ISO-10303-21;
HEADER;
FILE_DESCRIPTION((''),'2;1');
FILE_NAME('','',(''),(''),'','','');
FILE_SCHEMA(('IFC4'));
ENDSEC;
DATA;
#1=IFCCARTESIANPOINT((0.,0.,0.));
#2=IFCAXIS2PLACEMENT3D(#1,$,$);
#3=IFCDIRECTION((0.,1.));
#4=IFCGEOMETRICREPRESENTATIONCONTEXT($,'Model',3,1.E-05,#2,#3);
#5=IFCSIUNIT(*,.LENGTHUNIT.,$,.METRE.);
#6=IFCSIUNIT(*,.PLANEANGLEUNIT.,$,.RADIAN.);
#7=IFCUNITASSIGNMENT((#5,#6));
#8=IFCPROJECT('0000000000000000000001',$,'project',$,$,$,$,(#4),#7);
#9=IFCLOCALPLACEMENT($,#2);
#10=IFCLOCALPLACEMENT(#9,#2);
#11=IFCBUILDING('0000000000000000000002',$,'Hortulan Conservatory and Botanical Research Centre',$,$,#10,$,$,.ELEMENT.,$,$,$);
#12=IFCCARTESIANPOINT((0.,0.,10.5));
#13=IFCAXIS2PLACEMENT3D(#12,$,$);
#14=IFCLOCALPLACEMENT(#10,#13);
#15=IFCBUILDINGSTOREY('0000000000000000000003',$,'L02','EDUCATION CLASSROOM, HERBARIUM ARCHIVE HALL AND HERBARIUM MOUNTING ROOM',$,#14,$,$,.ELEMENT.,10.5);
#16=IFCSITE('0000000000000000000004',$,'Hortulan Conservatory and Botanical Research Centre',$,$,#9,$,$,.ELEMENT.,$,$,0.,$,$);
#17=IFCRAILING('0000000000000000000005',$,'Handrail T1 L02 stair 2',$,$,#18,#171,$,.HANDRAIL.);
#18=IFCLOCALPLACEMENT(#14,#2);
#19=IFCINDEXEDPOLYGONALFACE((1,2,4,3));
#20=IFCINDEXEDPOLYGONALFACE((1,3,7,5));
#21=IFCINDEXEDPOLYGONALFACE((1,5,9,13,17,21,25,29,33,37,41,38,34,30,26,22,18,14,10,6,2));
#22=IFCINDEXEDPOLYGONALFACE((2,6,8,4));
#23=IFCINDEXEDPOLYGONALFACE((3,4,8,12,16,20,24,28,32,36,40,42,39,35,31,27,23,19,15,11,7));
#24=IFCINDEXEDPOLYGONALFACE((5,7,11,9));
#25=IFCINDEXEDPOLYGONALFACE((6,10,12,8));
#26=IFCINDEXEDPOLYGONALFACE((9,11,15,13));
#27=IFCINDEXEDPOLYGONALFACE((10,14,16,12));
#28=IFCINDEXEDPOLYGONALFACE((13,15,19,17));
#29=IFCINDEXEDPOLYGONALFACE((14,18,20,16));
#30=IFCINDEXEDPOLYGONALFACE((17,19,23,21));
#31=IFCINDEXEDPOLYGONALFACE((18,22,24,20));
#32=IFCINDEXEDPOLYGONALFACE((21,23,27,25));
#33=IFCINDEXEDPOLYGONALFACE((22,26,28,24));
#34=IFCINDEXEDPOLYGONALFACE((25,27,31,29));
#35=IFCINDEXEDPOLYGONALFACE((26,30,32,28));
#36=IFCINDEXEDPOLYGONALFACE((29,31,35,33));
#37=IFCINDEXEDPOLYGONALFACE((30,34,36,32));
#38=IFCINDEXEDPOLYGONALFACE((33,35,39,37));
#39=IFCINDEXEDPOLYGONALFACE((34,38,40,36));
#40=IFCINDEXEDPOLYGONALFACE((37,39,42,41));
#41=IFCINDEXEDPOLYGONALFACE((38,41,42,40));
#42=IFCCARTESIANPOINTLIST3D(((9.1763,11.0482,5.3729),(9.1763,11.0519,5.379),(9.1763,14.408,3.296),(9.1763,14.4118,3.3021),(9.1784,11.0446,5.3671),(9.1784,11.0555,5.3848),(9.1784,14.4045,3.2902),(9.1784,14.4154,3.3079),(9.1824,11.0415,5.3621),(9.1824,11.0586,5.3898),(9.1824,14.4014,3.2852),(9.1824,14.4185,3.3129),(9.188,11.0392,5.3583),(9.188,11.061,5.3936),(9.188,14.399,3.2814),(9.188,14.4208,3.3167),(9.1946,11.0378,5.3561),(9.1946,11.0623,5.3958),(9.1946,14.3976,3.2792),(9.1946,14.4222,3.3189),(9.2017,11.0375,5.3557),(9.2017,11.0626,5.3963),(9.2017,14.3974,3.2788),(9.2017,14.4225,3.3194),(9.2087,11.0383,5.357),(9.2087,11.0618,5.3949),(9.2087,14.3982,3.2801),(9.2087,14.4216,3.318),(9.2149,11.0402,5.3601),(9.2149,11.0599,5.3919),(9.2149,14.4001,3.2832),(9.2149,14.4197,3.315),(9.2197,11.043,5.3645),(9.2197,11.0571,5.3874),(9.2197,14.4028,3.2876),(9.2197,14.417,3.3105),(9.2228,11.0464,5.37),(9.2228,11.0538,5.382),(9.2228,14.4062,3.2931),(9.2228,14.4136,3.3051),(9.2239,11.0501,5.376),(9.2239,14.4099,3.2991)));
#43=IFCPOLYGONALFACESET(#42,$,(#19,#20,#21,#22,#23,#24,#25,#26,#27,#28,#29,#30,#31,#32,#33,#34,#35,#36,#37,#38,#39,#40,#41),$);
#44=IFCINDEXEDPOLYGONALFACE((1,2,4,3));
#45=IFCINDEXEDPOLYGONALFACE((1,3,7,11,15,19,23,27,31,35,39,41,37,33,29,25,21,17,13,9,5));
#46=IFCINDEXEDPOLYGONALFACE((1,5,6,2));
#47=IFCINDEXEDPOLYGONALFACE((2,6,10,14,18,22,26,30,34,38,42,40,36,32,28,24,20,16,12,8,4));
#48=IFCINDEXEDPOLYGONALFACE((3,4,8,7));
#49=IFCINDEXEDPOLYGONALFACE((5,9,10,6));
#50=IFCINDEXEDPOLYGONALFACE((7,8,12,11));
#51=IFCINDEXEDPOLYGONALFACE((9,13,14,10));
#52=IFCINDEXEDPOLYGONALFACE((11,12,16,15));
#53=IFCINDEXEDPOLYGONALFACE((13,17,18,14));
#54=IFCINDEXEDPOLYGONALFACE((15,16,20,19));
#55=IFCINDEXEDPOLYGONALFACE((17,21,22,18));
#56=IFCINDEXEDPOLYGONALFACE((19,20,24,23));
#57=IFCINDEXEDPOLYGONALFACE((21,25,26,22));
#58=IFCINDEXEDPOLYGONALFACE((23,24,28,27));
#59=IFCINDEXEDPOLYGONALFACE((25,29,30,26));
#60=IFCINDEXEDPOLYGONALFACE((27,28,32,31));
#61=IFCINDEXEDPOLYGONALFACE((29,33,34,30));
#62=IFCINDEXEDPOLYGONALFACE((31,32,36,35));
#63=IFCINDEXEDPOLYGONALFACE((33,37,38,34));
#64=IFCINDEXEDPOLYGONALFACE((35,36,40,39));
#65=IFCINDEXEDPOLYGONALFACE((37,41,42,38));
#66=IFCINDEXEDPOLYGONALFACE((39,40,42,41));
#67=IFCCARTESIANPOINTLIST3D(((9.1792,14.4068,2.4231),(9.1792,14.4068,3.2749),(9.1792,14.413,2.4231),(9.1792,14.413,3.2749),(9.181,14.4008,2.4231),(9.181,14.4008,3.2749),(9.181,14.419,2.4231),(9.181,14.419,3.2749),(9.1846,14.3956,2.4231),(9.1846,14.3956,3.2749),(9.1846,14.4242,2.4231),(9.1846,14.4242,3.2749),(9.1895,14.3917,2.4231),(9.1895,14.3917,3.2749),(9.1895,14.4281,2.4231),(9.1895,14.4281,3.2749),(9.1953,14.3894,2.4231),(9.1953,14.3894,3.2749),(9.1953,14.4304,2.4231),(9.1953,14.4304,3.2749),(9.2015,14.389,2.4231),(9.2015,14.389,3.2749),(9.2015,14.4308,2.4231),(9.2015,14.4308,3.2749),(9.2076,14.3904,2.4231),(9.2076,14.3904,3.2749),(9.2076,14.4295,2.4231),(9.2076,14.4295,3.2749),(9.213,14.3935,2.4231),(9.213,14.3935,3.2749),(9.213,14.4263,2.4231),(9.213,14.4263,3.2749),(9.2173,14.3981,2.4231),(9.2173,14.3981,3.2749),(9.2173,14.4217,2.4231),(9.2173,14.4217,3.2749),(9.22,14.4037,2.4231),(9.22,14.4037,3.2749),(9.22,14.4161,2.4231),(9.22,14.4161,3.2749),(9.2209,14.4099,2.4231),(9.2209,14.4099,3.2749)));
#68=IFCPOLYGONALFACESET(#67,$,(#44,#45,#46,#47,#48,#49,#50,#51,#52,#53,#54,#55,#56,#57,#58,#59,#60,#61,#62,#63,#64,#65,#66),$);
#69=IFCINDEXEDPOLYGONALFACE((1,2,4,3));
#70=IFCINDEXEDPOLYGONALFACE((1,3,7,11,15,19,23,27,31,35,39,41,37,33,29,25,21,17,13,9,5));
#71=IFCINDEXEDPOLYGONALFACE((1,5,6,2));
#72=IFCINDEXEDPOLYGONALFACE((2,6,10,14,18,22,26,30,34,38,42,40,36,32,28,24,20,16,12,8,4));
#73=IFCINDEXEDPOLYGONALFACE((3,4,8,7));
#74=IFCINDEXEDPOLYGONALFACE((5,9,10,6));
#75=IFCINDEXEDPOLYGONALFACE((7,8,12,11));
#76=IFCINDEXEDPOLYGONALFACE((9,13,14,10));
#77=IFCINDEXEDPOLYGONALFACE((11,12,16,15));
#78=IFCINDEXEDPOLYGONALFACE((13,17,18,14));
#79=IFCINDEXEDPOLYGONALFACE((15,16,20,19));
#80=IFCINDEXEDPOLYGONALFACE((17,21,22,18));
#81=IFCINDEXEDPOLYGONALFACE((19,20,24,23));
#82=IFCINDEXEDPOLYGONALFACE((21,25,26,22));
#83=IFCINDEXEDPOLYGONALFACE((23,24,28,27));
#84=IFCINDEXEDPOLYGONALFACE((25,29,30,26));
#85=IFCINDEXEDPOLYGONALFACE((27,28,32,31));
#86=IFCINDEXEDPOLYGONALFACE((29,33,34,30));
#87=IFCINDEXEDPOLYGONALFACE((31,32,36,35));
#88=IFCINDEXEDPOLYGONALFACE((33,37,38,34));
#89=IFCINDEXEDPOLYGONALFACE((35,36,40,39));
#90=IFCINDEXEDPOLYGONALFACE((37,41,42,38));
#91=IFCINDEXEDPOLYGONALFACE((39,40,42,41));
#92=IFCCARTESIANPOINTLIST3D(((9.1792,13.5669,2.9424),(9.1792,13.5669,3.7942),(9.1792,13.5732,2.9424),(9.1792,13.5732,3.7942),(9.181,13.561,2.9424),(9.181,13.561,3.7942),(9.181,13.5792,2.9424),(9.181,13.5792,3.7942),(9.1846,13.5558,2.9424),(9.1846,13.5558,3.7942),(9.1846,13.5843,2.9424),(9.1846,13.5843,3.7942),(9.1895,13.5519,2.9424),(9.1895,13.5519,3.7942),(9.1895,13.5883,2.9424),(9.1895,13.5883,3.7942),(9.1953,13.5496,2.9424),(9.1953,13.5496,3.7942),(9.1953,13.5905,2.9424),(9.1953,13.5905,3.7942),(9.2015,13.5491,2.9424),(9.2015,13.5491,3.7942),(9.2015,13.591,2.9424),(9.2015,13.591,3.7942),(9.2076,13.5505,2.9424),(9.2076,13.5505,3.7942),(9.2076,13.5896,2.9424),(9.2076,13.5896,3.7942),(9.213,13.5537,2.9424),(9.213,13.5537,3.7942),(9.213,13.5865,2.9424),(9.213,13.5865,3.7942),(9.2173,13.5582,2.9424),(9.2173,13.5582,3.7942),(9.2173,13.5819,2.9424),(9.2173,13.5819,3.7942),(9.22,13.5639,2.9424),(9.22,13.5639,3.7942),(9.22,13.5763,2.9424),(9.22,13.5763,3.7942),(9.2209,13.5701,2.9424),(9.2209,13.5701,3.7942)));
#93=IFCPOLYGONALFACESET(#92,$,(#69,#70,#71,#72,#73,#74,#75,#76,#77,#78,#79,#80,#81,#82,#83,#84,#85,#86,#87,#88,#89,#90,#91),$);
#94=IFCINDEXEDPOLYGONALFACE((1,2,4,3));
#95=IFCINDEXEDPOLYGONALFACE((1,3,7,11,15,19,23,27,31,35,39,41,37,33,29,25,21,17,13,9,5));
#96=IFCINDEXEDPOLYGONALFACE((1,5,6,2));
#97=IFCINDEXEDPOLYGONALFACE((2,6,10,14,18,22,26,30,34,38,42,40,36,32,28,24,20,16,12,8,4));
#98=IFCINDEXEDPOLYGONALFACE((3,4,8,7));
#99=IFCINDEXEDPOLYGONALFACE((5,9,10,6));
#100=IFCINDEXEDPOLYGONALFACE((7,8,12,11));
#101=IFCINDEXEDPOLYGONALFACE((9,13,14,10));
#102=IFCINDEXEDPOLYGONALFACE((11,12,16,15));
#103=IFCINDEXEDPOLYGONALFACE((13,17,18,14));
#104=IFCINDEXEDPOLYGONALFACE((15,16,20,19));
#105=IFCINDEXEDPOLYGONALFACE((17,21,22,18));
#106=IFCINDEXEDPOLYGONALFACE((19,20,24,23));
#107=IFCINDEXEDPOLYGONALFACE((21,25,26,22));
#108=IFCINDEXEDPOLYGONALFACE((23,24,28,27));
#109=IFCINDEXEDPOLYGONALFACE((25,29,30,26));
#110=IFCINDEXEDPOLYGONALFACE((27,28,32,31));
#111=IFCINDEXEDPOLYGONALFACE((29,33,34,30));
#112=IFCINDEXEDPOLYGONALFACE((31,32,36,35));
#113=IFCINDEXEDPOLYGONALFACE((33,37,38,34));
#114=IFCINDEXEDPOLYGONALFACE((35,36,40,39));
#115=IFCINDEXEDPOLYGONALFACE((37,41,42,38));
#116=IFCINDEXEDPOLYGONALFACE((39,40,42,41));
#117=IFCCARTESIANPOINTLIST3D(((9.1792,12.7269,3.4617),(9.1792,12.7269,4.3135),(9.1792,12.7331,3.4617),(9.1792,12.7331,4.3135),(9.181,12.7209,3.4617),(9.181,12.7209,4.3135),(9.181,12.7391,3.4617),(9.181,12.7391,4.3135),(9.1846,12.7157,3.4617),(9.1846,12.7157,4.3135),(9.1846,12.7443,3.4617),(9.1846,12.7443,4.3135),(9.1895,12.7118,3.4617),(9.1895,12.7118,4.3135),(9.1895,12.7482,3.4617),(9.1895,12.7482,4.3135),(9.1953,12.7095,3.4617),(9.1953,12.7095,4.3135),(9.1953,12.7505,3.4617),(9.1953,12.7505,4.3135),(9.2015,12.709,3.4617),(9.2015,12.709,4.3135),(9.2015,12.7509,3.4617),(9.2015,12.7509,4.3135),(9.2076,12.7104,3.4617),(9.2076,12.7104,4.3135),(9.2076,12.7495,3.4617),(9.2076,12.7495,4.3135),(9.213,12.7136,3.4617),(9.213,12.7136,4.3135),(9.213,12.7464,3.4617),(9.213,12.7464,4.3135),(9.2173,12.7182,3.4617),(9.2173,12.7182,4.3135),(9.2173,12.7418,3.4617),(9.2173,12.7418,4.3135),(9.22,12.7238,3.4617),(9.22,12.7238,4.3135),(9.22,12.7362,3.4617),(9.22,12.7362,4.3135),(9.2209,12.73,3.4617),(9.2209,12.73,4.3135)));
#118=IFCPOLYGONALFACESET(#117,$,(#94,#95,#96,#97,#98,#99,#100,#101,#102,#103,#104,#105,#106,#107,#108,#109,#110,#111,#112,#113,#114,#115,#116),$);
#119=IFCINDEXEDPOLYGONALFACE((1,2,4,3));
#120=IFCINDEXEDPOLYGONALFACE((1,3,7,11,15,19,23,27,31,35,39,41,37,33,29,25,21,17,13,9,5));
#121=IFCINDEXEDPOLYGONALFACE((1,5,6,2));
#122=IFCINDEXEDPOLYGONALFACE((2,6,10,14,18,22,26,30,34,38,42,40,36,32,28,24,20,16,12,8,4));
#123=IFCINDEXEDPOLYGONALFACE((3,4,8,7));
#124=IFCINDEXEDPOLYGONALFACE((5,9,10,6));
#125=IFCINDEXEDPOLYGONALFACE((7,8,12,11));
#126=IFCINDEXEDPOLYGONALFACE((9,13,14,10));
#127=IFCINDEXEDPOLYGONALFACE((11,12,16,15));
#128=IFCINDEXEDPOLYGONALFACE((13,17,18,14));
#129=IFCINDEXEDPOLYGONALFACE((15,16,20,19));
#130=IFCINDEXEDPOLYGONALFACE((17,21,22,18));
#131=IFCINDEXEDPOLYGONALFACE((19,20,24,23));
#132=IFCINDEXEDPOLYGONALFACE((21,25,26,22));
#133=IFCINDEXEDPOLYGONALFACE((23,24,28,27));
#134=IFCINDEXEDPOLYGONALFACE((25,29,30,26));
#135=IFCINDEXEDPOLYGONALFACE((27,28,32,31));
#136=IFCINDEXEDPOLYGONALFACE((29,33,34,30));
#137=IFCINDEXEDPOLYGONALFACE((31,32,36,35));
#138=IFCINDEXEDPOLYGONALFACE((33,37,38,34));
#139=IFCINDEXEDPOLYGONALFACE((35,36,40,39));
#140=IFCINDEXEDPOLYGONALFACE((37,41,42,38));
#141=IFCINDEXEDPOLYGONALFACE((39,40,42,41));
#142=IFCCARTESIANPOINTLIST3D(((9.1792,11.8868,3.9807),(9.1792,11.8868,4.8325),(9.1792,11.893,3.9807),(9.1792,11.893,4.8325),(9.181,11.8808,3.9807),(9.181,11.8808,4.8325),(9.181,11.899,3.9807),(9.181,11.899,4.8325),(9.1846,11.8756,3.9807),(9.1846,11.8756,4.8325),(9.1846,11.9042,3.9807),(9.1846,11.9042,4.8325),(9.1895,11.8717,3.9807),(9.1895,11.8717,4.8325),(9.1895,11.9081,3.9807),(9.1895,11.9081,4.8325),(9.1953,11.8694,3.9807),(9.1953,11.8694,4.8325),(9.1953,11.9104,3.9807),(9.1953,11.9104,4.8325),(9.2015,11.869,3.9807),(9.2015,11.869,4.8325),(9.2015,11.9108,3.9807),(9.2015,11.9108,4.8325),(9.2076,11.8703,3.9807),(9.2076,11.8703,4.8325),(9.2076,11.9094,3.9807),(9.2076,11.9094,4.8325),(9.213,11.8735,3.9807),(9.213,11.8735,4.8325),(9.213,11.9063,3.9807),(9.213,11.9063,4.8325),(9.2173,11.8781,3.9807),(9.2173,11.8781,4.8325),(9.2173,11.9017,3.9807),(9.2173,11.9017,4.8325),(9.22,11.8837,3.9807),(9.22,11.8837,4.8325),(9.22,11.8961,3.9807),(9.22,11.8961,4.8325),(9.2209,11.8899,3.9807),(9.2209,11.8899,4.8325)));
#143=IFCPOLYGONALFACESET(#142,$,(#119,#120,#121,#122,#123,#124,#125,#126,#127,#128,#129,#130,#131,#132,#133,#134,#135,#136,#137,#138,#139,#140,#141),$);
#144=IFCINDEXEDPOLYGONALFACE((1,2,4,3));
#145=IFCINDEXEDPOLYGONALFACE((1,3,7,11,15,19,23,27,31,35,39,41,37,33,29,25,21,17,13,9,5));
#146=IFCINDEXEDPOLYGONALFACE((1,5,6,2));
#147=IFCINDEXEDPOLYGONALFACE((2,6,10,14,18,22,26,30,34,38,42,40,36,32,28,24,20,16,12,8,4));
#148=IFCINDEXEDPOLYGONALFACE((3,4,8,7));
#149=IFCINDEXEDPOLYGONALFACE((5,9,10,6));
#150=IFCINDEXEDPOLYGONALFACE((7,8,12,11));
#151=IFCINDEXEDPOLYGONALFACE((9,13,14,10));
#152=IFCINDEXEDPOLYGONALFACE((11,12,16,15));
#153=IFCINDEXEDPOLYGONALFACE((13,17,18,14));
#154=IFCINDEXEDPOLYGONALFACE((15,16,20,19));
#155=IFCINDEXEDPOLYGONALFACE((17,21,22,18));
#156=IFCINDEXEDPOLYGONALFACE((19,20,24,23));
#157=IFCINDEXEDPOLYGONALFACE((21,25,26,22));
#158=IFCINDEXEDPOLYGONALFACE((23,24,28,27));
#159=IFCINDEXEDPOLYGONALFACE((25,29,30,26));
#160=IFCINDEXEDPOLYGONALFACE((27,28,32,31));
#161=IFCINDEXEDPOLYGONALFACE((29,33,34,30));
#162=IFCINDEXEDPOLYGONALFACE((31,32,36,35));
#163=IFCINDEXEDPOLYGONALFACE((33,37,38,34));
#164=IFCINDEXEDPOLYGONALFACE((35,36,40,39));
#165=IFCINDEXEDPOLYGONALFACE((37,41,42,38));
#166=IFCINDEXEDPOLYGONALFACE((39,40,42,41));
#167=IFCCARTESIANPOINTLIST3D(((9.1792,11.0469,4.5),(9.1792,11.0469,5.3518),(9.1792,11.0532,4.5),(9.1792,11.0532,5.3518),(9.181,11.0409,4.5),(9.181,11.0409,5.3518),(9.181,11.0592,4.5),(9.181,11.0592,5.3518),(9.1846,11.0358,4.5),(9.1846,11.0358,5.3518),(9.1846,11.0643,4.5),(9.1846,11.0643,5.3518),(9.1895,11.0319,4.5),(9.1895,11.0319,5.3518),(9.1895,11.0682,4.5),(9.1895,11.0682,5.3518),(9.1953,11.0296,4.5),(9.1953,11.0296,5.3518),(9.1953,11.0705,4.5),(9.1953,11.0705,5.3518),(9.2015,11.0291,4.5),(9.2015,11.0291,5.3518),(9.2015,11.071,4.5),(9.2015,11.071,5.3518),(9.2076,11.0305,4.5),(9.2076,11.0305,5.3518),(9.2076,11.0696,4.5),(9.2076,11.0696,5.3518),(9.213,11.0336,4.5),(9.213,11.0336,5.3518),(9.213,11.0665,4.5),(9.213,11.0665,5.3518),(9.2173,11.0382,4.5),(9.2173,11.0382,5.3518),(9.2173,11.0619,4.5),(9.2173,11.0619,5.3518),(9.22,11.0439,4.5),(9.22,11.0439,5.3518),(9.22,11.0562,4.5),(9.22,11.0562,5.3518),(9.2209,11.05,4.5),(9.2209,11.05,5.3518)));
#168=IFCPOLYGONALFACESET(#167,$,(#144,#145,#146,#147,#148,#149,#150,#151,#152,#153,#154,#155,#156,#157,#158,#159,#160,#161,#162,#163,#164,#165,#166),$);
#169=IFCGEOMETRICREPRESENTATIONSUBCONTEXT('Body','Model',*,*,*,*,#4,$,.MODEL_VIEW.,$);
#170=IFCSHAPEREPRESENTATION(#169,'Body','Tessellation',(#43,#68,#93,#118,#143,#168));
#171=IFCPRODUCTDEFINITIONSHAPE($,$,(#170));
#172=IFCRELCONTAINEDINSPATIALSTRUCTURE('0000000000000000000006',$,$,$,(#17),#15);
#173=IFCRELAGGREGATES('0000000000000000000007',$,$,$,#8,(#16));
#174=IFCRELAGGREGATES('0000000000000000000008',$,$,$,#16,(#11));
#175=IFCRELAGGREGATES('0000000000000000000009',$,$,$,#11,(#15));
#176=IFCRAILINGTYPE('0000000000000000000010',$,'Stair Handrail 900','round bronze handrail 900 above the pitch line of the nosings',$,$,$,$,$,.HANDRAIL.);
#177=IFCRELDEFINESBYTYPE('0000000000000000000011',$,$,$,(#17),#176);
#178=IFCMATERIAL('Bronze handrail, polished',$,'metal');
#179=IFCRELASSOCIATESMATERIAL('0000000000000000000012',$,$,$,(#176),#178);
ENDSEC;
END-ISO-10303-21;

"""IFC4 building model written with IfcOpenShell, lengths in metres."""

from ifc_helpers import new_model, si_unit, direction, frame, origin, origin_2d, place, context, subcontext, project, spatial, circle, extrude, material, type_object, element, save


model = new_model("IFC4")

# Units and contexts
model_context = context("Model", 3, precision=1e-05, world=origin(), true_north=direction((0.0, 1.0)))
body_context = subcontext(model_context, "Body", "Model", "MODEL_VIEW")
ifc_project = project(units=[si_unit("LENGTHUNIT", "METRE"), si_unit("PLANEANGLEUNIT", "RADIAN")], contexts=[model_context])

# Site, building, storey
site_placement = place(None, origin())
site = spatial("IfcSite", under=ifc_project, at=site_placement, Name="Hortulan Conservatory and Botanical Research Centre", CompositionType="ELEMENT", RefElevation=0.0)
building_placement = place(site_placement, origin())
building = spatial("IfcBuilding", under=site, at=building_placement, Name="Hortulan Conservatory and Botanical Research Centre", CompositionType="ELEMENT")
storey_placement = place(building_placement, frame((0.0, 0.0, 10.5)))
storey = spatial("IfcBuildingStorey", under=building, at=storey_placement, Name="L02", Description="EDUCATION CLASSROOM, HERBARIUM ARCHIVE HALL AND HERBARIUM MOUNTING ROOM", CompositionType="ELEMENT", Elevation=10.5)

# Railing
ifc_material_1 = material(Name="Bronze handrail, polished", Category="metal")
railing_type_1 = type_object("IfcRailingType", Name="Stair Handrail 900", Description="round bronze handrail 900 above the pitch line of the nosings", PredefinedType="HANDRAIL", material=ifc_material_1)
for number, where, name in (
    (1, (9.2, 14.4099, 2.4231), "Handrail T1 L02 stair 2"),
):
    element("IfcRailing", number, at=place(storey_placement, frame(where)), inside=storey, type_object=railing_type_1, Name=name, PredefinedType="HANDRAIL", context=body_context, shape_type="SweptSolid", body=[
        extrude(circle(Radius=0.0239, at=origin_2d()), frame((0.0, 0.0, 0.876), z_axis=(0.0, -0.850606, 0.525803), x_axis=(1.0, 0.0, 0.0)), (0.0, 0.0, 1.0), 3.95),
        extrude(circle(Radius=0.021, at=origin_2d()), origin(), (0.0, 0.0, 1.0), 0.8518),
        extrude(circle(Radius=0.021, at=origin_2d()), frame((0.0, -0.8398, 0.5193)), (0.0, 0.0, 1.0), 0.8518),
        extrude(circle(Radius=0.021, at=origin_2d()), frame((0.0, -1.6799, 1.0386)), (0.0, 0.0, 1.0), 0.8518),
        extrude(circle(Radius=0.021, at=origin_2d()), frame((0.0, -2.52, 1.5576)), (0.0, 0.0, 1.0), 0.8518),
        extrude(circle(Radius=0.021, at=origin_2d()), frame((0.0, -3.3599, 2.0769)), (0.0, 0.0, 1.0), 0.8518),
    ])

save(model, "model.ifc")
